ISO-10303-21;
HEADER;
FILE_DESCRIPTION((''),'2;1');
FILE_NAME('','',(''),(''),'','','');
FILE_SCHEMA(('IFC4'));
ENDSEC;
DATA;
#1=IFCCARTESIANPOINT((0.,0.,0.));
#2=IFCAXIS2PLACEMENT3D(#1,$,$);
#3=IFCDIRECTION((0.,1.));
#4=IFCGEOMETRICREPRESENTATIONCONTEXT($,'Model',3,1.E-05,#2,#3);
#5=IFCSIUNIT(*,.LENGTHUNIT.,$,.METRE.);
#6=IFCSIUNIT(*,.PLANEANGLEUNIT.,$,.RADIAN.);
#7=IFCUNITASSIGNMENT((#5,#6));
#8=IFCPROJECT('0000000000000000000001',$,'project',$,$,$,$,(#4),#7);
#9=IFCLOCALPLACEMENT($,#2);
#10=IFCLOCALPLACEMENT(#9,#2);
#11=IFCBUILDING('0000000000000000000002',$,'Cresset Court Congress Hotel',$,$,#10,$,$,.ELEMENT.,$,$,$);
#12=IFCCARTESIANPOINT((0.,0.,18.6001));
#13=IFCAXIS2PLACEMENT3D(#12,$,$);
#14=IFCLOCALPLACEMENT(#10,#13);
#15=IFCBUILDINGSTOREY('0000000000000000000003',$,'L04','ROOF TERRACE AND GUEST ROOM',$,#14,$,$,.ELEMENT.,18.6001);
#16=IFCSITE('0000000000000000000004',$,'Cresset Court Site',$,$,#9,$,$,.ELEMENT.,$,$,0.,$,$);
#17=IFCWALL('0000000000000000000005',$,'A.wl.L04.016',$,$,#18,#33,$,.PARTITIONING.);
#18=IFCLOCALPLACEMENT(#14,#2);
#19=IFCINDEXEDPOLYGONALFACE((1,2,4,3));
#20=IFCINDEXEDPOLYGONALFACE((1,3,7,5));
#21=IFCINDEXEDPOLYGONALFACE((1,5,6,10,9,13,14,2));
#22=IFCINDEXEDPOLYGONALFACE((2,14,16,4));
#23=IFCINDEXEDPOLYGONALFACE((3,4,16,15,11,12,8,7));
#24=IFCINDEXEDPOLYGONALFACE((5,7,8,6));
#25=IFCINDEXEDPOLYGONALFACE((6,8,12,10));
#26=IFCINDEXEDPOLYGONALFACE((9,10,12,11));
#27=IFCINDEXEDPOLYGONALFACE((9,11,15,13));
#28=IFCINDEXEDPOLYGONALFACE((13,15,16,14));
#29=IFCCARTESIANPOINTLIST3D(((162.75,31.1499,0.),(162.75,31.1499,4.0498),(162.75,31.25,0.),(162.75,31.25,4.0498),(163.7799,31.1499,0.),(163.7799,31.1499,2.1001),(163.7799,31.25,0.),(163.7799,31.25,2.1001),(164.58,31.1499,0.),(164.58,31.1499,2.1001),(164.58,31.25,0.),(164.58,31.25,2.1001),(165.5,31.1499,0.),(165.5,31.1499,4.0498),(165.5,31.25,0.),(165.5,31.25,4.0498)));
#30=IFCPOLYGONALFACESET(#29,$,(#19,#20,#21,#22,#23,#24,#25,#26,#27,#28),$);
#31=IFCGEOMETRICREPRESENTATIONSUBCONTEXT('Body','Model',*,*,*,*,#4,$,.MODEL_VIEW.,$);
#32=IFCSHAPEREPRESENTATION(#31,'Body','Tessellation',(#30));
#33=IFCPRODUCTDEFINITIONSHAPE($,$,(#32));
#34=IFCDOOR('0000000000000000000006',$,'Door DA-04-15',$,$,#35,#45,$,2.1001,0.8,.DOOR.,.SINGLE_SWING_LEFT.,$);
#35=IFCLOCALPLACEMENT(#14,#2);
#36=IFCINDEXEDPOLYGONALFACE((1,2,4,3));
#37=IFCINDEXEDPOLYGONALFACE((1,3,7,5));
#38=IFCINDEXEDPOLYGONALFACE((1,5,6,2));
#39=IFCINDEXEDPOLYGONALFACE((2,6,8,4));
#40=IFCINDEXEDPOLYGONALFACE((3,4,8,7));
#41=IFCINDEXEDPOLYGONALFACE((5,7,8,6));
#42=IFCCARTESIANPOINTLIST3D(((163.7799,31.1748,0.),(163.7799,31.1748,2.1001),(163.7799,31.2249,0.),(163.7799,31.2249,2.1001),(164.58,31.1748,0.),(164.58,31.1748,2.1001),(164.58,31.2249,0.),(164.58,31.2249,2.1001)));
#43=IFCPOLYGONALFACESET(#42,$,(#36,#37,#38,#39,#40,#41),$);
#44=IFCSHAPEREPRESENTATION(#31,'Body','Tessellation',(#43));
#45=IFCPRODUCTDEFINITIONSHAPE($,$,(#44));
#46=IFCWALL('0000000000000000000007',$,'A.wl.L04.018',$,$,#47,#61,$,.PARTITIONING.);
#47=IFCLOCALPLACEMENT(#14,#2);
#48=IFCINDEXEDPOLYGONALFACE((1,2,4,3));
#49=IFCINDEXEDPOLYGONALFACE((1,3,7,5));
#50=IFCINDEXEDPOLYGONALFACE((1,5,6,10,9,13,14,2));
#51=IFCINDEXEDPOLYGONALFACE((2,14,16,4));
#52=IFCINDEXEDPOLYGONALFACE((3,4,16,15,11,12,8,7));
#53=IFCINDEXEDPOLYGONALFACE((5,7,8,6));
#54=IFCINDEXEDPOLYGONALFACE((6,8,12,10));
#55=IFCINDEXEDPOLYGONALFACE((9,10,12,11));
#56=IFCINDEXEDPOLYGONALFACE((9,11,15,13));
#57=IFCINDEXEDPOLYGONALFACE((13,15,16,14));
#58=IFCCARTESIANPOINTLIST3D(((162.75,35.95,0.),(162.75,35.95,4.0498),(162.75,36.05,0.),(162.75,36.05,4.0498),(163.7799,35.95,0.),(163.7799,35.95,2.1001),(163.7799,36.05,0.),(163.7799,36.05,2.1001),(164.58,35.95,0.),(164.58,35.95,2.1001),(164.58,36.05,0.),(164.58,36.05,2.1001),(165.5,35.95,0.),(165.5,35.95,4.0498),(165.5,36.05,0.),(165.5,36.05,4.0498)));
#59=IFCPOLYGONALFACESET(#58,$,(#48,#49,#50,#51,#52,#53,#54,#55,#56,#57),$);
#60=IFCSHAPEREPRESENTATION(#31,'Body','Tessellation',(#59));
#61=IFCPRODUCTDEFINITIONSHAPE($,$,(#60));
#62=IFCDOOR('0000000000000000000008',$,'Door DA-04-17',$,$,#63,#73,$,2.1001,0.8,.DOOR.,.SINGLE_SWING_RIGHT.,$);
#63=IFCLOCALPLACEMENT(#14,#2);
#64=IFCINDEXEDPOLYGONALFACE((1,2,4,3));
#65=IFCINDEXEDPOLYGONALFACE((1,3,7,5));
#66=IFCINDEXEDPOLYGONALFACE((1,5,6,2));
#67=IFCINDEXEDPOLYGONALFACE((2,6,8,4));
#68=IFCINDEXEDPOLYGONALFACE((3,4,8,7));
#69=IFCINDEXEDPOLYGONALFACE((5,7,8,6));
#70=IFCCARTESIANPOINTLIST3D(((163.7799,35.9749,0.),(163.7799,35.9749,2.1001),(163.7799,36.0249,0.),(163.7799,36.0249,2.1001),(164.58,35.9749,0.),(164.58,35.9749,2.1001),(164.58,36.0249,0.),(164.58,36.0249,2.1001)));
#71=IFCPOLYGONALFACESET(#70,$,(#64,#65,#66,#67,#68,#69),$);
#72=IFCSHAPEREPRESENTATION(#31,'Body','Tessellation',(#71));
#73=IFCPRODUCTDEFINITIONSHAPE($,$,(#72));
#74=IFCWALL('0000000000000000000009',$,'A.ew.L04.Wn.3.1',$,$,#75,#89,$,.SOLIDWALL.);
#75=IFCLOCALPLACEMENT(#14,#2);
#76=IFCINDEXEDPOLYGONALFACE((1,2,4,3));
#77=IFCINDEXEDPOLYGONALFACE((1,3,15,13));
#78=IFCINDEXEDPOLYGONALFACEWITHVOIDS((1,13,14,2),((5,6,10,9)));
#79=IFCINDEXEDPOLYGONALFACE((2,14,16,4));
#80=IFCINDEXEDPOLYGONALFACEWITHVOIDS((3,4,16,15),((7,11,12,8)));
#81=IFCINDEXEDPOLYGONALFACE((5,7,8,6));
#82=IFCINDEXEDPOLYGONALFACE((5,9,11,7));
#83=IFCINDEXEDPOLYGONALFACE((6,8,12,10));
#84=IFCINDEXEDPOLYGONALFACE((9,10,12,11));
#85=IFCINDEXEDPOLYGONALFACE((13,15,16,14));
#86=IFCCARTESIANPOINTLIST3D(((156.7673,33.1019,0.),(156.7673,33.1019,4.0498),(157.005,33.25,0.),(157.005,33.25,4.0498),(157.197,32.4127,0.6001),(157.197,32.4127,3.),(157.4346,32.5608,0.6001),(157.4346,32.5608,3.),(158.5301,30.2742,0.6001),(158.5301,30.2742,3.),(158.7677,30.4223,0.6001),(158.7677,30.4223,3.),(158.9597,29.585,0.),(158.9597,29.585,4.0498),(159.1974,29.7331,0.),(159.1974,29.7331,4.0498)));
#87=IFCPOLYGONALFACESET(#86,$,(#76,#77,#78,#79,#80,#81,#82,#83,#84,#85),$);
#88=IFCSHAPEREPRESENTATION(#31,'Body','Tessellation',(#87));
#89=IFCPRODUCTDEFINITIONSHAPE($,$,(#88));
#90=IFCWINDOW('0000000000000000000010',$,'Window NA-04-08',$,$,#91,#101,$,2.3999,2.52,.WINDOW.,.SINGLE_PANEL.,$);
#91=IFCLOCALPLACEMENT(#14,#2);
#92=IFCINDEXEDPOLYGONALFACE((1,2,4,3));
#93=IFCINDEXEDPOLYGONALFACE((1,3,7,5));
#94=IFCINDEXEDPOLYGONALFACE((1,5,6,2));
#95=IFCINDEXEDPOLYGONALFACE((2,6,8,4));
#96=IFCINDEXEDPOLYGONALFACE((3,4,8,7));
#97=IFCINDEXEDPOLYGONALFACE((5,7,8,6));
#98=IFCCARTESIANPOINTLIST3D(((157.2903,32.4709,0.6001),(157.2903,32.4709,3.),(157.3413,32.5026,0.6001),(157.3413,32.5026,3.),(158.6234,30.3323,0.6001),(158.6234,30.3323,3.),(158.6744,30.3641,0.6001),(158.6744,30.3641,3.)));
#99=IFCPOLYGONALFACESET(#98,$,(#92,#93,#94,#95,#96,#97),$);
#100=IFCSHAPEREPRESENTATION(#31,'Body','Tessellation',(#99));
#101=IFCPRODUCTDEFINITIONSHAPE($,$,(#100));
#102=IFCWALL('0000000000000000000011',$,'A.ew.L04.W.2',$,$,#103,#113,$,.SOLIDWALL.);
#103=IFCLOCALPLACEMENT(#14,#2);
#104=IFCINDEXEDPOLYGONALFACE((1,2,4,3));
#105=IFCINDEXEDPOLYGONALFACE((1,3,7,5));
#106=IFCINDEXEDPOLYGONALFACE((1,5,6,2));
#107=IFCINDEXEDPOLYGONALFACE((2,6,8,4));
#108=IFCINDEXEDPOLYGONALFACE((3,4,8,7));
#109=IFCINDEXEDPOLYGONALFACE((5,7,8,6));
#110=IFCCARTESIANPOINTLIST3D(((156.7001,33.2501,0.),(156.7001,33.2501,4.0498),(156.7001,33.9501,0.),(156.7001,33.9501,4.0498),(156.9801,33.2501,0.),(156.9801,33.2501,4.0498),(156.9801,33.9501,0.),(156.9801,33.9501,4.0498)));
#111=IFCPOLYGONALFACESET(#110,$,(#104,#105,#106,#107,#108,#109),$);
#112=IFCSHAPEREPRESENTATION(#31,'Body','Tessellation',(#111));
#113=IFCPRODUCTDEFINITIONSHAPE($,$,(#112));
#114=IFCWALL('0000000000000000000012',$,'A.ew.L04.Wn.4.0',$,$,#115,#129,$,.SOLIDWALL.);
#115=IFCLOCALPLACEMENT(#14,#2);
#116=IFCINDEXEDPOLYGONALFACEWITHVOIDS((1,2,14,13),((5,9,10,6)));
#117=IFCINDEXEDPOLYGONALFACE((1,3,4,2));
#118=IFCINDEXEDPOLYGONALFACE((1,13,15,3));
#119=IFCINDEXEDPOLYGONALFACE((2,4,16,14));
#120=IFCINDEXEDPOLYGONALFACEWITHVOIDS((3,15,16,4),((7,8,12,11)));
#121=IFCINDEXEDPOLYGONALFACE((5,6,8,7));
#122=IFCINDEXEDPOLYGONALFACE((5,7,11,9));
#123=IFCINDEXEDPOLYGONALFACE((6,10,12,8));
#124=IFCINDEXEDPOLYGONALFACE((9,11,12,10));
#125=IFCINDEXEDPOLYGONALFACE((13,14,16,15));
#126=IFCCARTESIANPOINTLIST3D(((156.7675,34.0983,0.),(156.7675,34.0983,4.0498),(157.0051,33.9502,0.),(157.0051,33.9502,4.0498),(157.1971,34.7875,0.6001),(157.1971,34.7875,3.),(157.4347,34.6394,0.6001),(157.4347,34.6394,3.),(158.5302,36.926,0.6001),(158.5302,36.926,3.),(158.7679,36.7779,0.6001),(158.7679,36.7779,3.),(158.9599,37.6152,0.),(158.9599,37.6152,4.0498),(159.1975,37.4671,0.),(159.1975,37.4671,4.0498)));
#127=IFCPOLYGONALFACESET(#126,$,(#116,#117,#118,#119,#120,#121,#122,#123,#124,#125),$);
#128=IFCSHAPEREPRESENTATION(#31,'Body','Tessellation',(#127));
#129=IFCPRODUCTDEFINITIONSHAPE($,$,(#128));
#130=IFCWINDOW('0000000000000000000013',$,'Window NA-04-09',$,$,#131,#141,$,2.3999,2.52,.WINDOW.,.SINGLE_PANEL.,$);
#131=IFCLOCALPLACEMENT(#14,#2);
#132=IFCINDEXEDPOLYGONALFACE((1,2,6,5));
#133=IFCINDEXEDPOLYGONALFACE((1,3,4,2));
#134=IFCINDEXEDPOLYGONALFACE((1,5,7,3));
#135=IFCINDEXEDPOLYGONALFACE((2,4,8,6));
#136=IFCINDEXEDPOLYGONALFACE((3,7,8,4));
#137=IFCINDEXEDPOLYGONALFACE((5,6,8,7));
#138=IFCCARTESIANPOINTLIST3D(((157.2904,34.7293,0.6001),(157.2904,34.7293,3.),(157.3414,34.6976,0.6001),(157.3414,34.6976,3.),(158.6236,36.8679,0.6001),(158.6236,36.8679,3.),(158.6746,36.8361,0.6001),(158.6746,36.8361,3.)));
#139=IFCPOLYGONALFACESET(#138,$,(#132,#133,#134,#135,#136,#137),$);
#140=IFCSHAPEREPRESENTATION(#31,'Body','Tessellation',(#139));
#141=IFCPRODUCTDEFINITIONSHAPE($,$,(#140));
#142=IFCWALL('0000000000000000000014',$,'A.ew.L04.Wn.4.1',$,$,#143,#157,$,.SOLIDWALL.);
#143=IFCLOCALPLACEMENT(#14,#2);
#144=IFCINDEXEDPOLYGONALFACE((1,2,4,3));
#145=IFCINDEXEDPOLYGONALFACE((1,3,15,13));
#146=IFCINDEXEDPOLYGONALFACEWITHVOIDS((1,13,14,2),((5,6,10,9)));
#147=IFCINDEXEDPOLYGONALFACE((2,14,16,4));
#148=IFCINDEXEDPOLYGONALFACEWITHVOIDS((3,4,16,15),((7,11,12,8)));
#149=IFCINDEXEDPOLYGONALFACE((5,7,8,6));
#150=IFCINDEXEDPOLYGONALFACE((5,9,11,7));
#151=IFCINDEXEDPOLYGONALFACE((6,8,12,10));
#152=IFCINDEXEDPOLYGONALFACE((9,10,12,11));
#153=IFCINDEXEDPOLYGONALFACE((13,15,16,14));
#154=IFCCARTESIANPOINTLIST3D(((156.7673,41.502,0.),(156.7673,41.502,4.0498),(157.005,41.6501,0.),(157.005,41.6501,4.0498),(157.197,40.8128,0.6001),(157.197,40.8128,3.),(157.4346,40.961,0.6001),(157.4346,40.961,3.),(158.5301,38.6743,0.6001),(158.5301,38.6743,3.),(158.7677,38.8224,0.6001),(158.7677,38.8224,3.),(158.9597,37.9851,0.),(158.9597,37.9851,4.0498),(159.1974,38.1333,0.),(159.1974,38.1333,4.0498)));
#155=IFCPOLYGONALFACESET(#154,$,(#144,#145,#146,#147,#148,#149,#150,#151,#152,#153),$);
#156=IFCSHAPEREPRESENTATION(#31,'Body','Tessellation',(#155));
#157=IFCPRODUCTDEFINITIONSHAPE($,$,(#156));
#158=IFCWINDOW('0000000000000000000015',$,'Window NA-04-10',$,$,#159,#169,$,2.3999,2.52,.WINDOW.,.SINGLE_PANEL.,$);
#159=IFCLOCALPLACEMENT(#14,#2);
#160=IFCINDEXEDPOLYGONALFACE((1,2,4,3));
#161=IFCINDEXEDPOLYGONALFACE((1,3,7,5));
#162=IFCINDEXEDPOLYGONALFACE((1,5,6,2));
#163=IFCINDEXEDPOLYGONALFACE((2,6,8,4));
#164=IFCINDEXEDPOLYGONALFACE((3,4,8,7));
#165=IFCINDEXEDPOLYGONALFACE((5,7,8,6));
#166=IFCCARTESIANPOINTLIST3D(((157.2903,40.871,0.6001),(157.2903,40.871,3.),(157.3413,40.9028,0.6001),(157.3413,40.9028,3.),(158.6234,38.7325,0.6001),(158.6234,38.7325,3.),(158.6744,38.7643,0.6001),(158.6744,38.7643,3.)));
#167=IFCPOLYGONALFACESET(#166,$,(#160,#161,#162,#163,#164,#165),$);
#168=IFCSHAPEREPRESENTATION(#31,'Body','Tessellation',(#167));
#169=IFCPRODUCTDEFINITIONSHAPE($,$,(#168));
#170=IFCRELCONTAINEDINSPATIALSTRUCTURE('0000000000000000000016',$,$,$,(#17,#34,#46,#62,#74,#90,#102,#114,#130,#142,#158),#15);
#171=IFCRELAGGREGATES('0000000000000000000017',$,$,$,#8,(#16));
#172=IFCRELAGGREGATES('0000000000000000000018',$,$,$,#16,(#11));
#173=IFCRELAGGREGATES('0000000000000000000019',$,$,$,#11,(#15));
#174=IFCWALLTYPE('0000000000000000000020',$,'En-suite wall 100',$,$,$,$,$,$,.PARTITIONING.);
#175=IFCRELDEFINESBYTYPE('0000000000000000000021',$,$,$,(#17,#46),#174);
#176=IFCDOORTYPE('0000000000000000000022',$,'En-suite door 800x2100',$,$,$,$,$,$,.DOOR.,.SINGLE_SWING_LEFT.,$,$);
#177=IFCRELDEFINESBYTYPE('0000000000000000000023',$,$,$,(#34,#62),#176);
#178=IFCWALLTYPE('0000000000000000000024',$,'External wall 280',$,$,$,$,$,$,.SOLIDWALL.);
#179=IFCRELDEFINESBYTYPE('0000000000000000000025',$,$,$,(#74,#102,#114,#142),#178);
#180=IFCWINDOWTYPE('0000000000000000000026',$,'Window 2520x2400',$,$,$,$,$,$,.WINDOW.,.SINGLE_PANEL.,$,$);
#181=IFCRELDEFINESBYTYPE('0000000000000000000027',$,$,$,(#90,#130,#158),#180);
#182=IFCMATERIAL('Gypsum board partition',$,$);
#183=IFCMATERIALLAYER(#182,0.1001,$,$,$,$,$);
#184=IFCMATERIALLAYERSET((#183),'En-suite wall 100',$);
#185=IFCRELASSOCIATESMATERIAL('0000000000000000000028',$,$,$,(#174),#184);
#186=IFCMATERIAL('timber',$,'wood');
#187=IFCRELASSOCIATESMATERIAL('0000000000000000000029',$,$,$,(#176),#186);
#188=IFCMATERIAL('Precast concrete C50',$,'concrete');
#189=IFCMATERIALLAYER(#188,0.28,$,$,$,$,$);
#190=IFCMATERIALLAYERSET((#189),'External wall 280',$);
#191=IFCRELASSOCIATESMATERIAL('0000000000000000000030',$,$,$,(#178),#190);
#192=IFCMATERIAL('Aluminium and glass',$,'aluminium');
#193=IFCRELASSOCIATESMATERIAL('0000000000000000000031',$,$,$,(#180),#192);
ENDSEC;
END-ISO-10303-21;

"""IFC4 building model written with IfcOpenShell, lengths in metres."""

from ifc_helpers import new_model, si_unit, direction, frame, frame_2d, origin, place, context, subcontext, project, spatial, rectangle, extrude, material, layer, layer_set, type_object, element, fill, save


model = new_model("IFC4")

# Units and contexts
model_context = context("Model", 3, precision=1e-05, world=origin(), true_north=direction((0.0, 1.0)))
body_context = subcontext(model_context, "Body", "Model", "MODEL_VIEW")
ifc_project = project(units=[si_unit("LENGTHUNIT", "METRE"), si_unit("PLANEANGLEUNIT", "RADIAN")], contexts=[model_context])

# Site, building, storey
site_placement = place(None, origin())
site = spatial("IfcSite", under=ifc_project, at=site_placement, Name="Cresset Court Site", CompositionType="ELEMENT", RefElevation=0.0)
building_placement = place(site_placement, origin())
building = spatial("IfcBuilding", under=site, at=building_placement, Name="Cresset Court Congress Hotel", CompositionType="ELEMENT")
storey_placement = place(building_placement, frame((0.0, 0.0, 18.6001)))
storey = spatial("IfcBuildingStorey", under=building, at=storey_placement, Name="L04", Description="ROOF TERRACE AND GUEST ROOM", CompositionType="ELEMENT", Elevation=18.6001)

# Walls, openings, doors
ifc_material_1 = material(Name="Gypsum board partition")
ifc_layer_1 = layer(ifc_material_1, 0.1001)
ifc_layer_set_1 = layer_set([ifc_layer_1], Name="En-suite wall 100")
wall_type_1 = type_object("IfcWallType", Name="En-suite wall 100", PredefinedType="PARTITIONING", material=ifc_layer_set_1)
wall_1_placement = place(storey_placement, frame((162.75, 31.2, 0.0), z_axis=(0.0, 0.0, 1.0), x_axis=(1.0, 0.0, 0.0)))
wall_1 = element("IfcWall", 1, at=wall_1_placement, inside=storey, type_object=wall_type_1, Name="A.wl.L04.016", PredefinedType="PARTITIONING", context=body_context, shape_type="SweptSolid", body=[
    extrude(rectangle(XDim=2.75, YDim=0.1001, at=frame_2d((1.375, 0.0))), origin(), (0.0, 0.0, 1.0), 4.0498),
])
opening_1_placement = place(wall_1_placement, frame((1.03, 0.0, 0.0)))
opening_1 = element("IfcOpeningElement", 2, at=opening_1_placement, cuts=wall_1, PredefinedType="OPENING", context=body_context, shape_type="SweptSolid", body=[
    extrude(rectangle(XDim=0.8, YDim=2.1001, at=frame_2d((0.3999, 1.05))), frame((0.0, 0.0601, 0.0), z_axis=(0.0, -1.0, 0.0), x_axis=(1.0, 0.0, 0.0)), (0.0, 0.0, 1.0), 0.1201),
])
ifc_material_2 = material(Name="timber", Category="wood")
door_type = type_object("IfcDoorType", Name="En-suite door 800x2100", OperationType="SINGLE_SWING_LEFT", PredefinedType="DOOR", material=ifc_material_2)
door_1_placement = place(opening_1_placement, origin())
door_1 = element("IfcDoor", 3, at=door_1_placement, inside=storey, type_object=door_type, Name="Door DA-04-15", OperationType="SINGLE_SWING_LEFT", OverallHeight=2.1001, OverallWidth=0.8, PredefinedType="DOOR", context=body_context, shape_type="SweptSolid", body=[
    extrude(rectangle(XDim=0.8, YDim=2.1001, at=frame_2d((0.3999, 1.05))), frame((0.0, 0.0249, 0.0), z_axis=(0.0, -1.0, 0.0), x_axis=(1.0, 0.0, 0.0)), (0.0, 0.0, 1.0), 0.05),
])
fill(opening_1, door_1)
wall_2_placement = place(storey_placement, frame((162.75, 36.0, 0.0), z_axis=(0.0, 0.0, 1.0), x_axis=(1.0, 0.0, 0.0)))
wall_2 = element("IfcWall", 4, at=wall_2_placement, inside=storey, type_object=wall_type_1, Name="A.wl.L04.018", PredefinedType="PARTITIONING", context=body_context, shape_type="SweptSolid", body=[
    extrude(rectangle(XDim=2.75, YDim=0.1001, at=frame_2d((1.375, 0.0))), origin(), (0.0, 0.0, 1.0), 4.0498),
])
opening_2_placement = place(wall_2_placement, frame((1.03, 0.0, 0.0)))
opening_2 = element("IfcOpeningElement", 5, at=opening_2_placement, cuts=wall_2, PredefinedType="OPENING", context=body_context, shape_type="SweptSolid", body=[
    extrude(rectangle(XDim=0.8, YDim=2.1001, at=frame_2d((0.3999, 1.05))), frame((0.0, 0.0601, 0.0), z_axis=(0.0, -1.0, 0.0), x_axis=(1.0, 0.0, 0.0)), (0.0, 0.0, 1.0), 0.1201),
])
door_2_placement = place(opening_2_placement, origin())
door_2 = element("IfcDoor", 6, at=door_2_placement, inside=storey, type_object=door_type, Name="Door DA-04-17", OperationType="SINGLE_SWING_RIGHT", OverallHeight=2.1001, OverallWidth=0.8, PredefinedType="DOOR", context=body_context, shape_type="SweptSolid", body=[
    extrude(rectangle(XDim=0.8, YDim=2.1001, at=frame_2d((0.3999, 1.05))), frame((0.0, 0.0249, 0.0), z_axis=(0.0, -1.0, 0.0), x_axis=(1.0, 0.0, 0.0)), (0.0, 0.0, 1.0), 0.05),
])
fill(opening_2, door_2)

# Wall, opening, window
ifc_material_3 = material(Name="Precast concrete C50", Category="concrete")
ifc_layer_2 = layer(ifc_material_3, 0.28)
ifc_layer_set_2 = layer_set([ifc_layer_2], Name="External wall 280")
wall_type_2 = type_object("IfcWallType", Name="External wall 280", PredefinedType="SOLIDWALL", material=ifc_layer_set_2)
wall_3_placement = place(storey_placement, frame((159.0786, 29.6589, 0.0), z_axis=(0.0, 0.0, 1.0), x_axis=(-0.529019, 0.84861, 0.0)))
wall_3 = element("IfcWall", 7, at=wall_3_placement, inside=storey, type_object=wall_type_2, Name="A.ew.L04.Wn.3.1", PredefinedType="SOLIDWALL", context=body_context, shape_type="SweptSolid", body=[
    extrude(rectangle(XDim=4.1443, YDim=0.28, at=frame_2d((2.0723, 0.0))), origin(), (0.0, 0.0, 1.0), 4.0498),
])
opening_3_placement = place(wall_3_placement, frame((0.8123, 0.0, 0.6001)))
opening_3 = element("IfcOpeningElement", 8, at=opening_3_placement, cuts=wall_3, PredefinedType="OPENING", context=body_context, shape_type="SweptSolid", body=[
    extrude(rectangle(XDim=2.52, YDim=2.3999, at=frame_2d((1.26, 1.2))), frame((0.0, 0.1499, 0.0), z_axis=(0.0, -1.0, 0.0), x_axis=(1.0, 0.0, 0.0)), (0.0, 0.0, 1.0), 0.3),
])
ifc_material_4 = material(Name="Aluminium and glass", Category="aluminium")
window_type_1 = type_object("IfcWindowType", Name="Window 2520x2400", PartitioningType="SINGLE_PANEL", PredefinedType="WINDOW", material=ifc_material_4)
window_1_placement = place(opening_3_placement, origin())
window_1 = element("IfcWindow", 9, at=window_1_placement, inside=storey, type_object=window_type_1, Name="Window NA-04-08", OverallHeight=2.3999, OverallWidth=2.52, PartitioningType="SINGLE_PANEL", PredefinedType="WINDOW", context=body_context, shape_type="SweptSolid", body=[
    extrude(rectangle(XDim=2.52, YDim=2.3999, at=frame_2d((1.26, 1.2))), frame((0.0, 0.03, 0.0), z_axis=(0.0, -1.0, 0.0), x_axis=(1.0, 0.0, 0.0)), (0.0, 0.0, 1.0), 0.0601),
])
fill(opening_3, window_1)

# Wall
wall_4_placement = place(storey_placement, frame((156.8401, 33.25, 0.0), z_axis=(0.0, 0.0, 1.0), x_axis=(0.0, 1.0, 0.0)))
element("IfcWall", 10, at=wall_4_placement, inside=storey, type_object=wall_type_2, Name="A.ew.L04.W.2", PredefinedType="SOLIDWALL", context=body_context, shape_type="SweptSolid", body=[
    extrude(rectangle(XDim=0.7, YDim=0.28, at=frame_2d((0.3501, 0.0))), origin(), (0.0, 0.0, 1.0), 4.0498),
])

# Walls, openings, windows
wall_5_placement = place(storey_placement, frame((156.8862, 34.0242, 0.0), z_axis=(0.0, 0.0, 1.0), x_axis=(0.529019, 0.84861, 0.0)))
wall_5 = element("IfcWall", 11, at=wall_5_placement, inside=storey, type_object=wall_type_2, Name="A.ew.L04.Wn.4.0", PredefinedType="SOLIDWALL", context=body_context, shape_type="SweptSolid", body=[
    extrude(rectangle(XDim=4.1443, YDim=0.28, at=frame_2d((2.0723, 0.0))), origin(), (0.0, 0.0, 1.0), 4.0498),
])
opening_4_placement = place(wall_5_placement, frame((0.8123, 0.0, 0.6001)))
opening_4 = element("IfcOpeningElement", 12, at=opening_4_placement, cuts=wall_5, PredefinedType="OPENING", context=body_context, shape_type="SweptSolid", body=[
    extrude(rectangle(XDim=2.52, YDim=2.3999, at=frame_2d((1.26, 1.2))), frame((0.0, 0.1499, 0.0), z_axis=(0.0, -1.0, 0.0), x_axis=(1.0, 0.0, 0.0)), (0.0, 0.0, 1.0), 0.3),
])
window_2_placement = place(opening_4_placement, origin())
window_2 = element("IfcWindow", 13, at=window_2_placement, inside=storey, type_object=window_type_1, Name="Window NA-04-09", OverallHeight=2.3999, OverallWidth=2.52, PartitioningType="SINGLE_PANEL", PredefinedType="WINDOW", context=body_context, shape_type="SweptSolid", body=[
    extrude(rectangle(XDim=2.52, YDim=2.3999, at=frame_2d((1.26, 1.2))), frame((0.0, 0.03, 0.0), z_axis=(0.0, -1.0, 0.0), x_axis=(1.0, 0.0, 0.0)), (0.0, 0.0, 1.0), 0.0601),
])
fill(opening_4, window_2)
wall_6_placement = place(storey_placement, frame((159.0786, 38.0591, 0.0), z_axis=(0.0, 0.0, 1.0), x_axis=(-0.529019, 0.84861, 0.0)))
wall_6 = element("IfcWall", 14, at=wall_6_placement, inside=storey, type_object=wall_type_2, Name="A.ew.L04.Wn.4.1", PredefinedType="SOLIDWALL", context=body_context, shape_type="SweptSolid", body=[
    extrude(rectangle(XDim=4.1443, YDim=0.28, at=frame_2d((2.0723, 0.0))), origin(), (0.0, 0.0, 1.0), 4.0498),
])
opening_5_placement = place(wall_6_placement, frame((0.8123, 0.0, 0.6001)))
opening_5 = element("IfcOpeningElement", 15, at=opening_5_placement, cuts=wall_6, PredefinedType="OPENING", context=body_context, shape_type="SweptSolid", body=[
    extrude(rectangle(XDim=2.52, YDim=2.3999, at=frame_2d((1.26, 1.2))), frame((0.0, 0.1499, 0.0), z_axis=(0.0, -1.0, 0.0), x_axis=(1.0, 0.0, 0.0)), (0.0, 0.0, 1.0), 0.3),
])
window_3_placement = place(opening_5_placement, origin())
window_3 = element("IfcWindow", 16, at=window_3_placement, inside=storey, type_object=window_type_1, Name="Window NA-04-10", OverallHeight=2.3999, OverallWidth=2.52, PartitioningType="SINGLE_PANEL", PredefinedType="WINDOW", context=body_context, shape_type="SweptSolid", body=[
    extrude(rectangle(XDim=2.52, YDim=2.3999, at=frame_2d((1.26, 1.2))), frame((0.0, 0.03, 0.0), z_axis=(0.0, -1.0, 0.0), x_axis=(1.0, 0.0, 0.0)), (0.0, 0.0, 1.0), 0.0601),
])
fill(opening_5, window_3)

save(model, "model.ifc")
